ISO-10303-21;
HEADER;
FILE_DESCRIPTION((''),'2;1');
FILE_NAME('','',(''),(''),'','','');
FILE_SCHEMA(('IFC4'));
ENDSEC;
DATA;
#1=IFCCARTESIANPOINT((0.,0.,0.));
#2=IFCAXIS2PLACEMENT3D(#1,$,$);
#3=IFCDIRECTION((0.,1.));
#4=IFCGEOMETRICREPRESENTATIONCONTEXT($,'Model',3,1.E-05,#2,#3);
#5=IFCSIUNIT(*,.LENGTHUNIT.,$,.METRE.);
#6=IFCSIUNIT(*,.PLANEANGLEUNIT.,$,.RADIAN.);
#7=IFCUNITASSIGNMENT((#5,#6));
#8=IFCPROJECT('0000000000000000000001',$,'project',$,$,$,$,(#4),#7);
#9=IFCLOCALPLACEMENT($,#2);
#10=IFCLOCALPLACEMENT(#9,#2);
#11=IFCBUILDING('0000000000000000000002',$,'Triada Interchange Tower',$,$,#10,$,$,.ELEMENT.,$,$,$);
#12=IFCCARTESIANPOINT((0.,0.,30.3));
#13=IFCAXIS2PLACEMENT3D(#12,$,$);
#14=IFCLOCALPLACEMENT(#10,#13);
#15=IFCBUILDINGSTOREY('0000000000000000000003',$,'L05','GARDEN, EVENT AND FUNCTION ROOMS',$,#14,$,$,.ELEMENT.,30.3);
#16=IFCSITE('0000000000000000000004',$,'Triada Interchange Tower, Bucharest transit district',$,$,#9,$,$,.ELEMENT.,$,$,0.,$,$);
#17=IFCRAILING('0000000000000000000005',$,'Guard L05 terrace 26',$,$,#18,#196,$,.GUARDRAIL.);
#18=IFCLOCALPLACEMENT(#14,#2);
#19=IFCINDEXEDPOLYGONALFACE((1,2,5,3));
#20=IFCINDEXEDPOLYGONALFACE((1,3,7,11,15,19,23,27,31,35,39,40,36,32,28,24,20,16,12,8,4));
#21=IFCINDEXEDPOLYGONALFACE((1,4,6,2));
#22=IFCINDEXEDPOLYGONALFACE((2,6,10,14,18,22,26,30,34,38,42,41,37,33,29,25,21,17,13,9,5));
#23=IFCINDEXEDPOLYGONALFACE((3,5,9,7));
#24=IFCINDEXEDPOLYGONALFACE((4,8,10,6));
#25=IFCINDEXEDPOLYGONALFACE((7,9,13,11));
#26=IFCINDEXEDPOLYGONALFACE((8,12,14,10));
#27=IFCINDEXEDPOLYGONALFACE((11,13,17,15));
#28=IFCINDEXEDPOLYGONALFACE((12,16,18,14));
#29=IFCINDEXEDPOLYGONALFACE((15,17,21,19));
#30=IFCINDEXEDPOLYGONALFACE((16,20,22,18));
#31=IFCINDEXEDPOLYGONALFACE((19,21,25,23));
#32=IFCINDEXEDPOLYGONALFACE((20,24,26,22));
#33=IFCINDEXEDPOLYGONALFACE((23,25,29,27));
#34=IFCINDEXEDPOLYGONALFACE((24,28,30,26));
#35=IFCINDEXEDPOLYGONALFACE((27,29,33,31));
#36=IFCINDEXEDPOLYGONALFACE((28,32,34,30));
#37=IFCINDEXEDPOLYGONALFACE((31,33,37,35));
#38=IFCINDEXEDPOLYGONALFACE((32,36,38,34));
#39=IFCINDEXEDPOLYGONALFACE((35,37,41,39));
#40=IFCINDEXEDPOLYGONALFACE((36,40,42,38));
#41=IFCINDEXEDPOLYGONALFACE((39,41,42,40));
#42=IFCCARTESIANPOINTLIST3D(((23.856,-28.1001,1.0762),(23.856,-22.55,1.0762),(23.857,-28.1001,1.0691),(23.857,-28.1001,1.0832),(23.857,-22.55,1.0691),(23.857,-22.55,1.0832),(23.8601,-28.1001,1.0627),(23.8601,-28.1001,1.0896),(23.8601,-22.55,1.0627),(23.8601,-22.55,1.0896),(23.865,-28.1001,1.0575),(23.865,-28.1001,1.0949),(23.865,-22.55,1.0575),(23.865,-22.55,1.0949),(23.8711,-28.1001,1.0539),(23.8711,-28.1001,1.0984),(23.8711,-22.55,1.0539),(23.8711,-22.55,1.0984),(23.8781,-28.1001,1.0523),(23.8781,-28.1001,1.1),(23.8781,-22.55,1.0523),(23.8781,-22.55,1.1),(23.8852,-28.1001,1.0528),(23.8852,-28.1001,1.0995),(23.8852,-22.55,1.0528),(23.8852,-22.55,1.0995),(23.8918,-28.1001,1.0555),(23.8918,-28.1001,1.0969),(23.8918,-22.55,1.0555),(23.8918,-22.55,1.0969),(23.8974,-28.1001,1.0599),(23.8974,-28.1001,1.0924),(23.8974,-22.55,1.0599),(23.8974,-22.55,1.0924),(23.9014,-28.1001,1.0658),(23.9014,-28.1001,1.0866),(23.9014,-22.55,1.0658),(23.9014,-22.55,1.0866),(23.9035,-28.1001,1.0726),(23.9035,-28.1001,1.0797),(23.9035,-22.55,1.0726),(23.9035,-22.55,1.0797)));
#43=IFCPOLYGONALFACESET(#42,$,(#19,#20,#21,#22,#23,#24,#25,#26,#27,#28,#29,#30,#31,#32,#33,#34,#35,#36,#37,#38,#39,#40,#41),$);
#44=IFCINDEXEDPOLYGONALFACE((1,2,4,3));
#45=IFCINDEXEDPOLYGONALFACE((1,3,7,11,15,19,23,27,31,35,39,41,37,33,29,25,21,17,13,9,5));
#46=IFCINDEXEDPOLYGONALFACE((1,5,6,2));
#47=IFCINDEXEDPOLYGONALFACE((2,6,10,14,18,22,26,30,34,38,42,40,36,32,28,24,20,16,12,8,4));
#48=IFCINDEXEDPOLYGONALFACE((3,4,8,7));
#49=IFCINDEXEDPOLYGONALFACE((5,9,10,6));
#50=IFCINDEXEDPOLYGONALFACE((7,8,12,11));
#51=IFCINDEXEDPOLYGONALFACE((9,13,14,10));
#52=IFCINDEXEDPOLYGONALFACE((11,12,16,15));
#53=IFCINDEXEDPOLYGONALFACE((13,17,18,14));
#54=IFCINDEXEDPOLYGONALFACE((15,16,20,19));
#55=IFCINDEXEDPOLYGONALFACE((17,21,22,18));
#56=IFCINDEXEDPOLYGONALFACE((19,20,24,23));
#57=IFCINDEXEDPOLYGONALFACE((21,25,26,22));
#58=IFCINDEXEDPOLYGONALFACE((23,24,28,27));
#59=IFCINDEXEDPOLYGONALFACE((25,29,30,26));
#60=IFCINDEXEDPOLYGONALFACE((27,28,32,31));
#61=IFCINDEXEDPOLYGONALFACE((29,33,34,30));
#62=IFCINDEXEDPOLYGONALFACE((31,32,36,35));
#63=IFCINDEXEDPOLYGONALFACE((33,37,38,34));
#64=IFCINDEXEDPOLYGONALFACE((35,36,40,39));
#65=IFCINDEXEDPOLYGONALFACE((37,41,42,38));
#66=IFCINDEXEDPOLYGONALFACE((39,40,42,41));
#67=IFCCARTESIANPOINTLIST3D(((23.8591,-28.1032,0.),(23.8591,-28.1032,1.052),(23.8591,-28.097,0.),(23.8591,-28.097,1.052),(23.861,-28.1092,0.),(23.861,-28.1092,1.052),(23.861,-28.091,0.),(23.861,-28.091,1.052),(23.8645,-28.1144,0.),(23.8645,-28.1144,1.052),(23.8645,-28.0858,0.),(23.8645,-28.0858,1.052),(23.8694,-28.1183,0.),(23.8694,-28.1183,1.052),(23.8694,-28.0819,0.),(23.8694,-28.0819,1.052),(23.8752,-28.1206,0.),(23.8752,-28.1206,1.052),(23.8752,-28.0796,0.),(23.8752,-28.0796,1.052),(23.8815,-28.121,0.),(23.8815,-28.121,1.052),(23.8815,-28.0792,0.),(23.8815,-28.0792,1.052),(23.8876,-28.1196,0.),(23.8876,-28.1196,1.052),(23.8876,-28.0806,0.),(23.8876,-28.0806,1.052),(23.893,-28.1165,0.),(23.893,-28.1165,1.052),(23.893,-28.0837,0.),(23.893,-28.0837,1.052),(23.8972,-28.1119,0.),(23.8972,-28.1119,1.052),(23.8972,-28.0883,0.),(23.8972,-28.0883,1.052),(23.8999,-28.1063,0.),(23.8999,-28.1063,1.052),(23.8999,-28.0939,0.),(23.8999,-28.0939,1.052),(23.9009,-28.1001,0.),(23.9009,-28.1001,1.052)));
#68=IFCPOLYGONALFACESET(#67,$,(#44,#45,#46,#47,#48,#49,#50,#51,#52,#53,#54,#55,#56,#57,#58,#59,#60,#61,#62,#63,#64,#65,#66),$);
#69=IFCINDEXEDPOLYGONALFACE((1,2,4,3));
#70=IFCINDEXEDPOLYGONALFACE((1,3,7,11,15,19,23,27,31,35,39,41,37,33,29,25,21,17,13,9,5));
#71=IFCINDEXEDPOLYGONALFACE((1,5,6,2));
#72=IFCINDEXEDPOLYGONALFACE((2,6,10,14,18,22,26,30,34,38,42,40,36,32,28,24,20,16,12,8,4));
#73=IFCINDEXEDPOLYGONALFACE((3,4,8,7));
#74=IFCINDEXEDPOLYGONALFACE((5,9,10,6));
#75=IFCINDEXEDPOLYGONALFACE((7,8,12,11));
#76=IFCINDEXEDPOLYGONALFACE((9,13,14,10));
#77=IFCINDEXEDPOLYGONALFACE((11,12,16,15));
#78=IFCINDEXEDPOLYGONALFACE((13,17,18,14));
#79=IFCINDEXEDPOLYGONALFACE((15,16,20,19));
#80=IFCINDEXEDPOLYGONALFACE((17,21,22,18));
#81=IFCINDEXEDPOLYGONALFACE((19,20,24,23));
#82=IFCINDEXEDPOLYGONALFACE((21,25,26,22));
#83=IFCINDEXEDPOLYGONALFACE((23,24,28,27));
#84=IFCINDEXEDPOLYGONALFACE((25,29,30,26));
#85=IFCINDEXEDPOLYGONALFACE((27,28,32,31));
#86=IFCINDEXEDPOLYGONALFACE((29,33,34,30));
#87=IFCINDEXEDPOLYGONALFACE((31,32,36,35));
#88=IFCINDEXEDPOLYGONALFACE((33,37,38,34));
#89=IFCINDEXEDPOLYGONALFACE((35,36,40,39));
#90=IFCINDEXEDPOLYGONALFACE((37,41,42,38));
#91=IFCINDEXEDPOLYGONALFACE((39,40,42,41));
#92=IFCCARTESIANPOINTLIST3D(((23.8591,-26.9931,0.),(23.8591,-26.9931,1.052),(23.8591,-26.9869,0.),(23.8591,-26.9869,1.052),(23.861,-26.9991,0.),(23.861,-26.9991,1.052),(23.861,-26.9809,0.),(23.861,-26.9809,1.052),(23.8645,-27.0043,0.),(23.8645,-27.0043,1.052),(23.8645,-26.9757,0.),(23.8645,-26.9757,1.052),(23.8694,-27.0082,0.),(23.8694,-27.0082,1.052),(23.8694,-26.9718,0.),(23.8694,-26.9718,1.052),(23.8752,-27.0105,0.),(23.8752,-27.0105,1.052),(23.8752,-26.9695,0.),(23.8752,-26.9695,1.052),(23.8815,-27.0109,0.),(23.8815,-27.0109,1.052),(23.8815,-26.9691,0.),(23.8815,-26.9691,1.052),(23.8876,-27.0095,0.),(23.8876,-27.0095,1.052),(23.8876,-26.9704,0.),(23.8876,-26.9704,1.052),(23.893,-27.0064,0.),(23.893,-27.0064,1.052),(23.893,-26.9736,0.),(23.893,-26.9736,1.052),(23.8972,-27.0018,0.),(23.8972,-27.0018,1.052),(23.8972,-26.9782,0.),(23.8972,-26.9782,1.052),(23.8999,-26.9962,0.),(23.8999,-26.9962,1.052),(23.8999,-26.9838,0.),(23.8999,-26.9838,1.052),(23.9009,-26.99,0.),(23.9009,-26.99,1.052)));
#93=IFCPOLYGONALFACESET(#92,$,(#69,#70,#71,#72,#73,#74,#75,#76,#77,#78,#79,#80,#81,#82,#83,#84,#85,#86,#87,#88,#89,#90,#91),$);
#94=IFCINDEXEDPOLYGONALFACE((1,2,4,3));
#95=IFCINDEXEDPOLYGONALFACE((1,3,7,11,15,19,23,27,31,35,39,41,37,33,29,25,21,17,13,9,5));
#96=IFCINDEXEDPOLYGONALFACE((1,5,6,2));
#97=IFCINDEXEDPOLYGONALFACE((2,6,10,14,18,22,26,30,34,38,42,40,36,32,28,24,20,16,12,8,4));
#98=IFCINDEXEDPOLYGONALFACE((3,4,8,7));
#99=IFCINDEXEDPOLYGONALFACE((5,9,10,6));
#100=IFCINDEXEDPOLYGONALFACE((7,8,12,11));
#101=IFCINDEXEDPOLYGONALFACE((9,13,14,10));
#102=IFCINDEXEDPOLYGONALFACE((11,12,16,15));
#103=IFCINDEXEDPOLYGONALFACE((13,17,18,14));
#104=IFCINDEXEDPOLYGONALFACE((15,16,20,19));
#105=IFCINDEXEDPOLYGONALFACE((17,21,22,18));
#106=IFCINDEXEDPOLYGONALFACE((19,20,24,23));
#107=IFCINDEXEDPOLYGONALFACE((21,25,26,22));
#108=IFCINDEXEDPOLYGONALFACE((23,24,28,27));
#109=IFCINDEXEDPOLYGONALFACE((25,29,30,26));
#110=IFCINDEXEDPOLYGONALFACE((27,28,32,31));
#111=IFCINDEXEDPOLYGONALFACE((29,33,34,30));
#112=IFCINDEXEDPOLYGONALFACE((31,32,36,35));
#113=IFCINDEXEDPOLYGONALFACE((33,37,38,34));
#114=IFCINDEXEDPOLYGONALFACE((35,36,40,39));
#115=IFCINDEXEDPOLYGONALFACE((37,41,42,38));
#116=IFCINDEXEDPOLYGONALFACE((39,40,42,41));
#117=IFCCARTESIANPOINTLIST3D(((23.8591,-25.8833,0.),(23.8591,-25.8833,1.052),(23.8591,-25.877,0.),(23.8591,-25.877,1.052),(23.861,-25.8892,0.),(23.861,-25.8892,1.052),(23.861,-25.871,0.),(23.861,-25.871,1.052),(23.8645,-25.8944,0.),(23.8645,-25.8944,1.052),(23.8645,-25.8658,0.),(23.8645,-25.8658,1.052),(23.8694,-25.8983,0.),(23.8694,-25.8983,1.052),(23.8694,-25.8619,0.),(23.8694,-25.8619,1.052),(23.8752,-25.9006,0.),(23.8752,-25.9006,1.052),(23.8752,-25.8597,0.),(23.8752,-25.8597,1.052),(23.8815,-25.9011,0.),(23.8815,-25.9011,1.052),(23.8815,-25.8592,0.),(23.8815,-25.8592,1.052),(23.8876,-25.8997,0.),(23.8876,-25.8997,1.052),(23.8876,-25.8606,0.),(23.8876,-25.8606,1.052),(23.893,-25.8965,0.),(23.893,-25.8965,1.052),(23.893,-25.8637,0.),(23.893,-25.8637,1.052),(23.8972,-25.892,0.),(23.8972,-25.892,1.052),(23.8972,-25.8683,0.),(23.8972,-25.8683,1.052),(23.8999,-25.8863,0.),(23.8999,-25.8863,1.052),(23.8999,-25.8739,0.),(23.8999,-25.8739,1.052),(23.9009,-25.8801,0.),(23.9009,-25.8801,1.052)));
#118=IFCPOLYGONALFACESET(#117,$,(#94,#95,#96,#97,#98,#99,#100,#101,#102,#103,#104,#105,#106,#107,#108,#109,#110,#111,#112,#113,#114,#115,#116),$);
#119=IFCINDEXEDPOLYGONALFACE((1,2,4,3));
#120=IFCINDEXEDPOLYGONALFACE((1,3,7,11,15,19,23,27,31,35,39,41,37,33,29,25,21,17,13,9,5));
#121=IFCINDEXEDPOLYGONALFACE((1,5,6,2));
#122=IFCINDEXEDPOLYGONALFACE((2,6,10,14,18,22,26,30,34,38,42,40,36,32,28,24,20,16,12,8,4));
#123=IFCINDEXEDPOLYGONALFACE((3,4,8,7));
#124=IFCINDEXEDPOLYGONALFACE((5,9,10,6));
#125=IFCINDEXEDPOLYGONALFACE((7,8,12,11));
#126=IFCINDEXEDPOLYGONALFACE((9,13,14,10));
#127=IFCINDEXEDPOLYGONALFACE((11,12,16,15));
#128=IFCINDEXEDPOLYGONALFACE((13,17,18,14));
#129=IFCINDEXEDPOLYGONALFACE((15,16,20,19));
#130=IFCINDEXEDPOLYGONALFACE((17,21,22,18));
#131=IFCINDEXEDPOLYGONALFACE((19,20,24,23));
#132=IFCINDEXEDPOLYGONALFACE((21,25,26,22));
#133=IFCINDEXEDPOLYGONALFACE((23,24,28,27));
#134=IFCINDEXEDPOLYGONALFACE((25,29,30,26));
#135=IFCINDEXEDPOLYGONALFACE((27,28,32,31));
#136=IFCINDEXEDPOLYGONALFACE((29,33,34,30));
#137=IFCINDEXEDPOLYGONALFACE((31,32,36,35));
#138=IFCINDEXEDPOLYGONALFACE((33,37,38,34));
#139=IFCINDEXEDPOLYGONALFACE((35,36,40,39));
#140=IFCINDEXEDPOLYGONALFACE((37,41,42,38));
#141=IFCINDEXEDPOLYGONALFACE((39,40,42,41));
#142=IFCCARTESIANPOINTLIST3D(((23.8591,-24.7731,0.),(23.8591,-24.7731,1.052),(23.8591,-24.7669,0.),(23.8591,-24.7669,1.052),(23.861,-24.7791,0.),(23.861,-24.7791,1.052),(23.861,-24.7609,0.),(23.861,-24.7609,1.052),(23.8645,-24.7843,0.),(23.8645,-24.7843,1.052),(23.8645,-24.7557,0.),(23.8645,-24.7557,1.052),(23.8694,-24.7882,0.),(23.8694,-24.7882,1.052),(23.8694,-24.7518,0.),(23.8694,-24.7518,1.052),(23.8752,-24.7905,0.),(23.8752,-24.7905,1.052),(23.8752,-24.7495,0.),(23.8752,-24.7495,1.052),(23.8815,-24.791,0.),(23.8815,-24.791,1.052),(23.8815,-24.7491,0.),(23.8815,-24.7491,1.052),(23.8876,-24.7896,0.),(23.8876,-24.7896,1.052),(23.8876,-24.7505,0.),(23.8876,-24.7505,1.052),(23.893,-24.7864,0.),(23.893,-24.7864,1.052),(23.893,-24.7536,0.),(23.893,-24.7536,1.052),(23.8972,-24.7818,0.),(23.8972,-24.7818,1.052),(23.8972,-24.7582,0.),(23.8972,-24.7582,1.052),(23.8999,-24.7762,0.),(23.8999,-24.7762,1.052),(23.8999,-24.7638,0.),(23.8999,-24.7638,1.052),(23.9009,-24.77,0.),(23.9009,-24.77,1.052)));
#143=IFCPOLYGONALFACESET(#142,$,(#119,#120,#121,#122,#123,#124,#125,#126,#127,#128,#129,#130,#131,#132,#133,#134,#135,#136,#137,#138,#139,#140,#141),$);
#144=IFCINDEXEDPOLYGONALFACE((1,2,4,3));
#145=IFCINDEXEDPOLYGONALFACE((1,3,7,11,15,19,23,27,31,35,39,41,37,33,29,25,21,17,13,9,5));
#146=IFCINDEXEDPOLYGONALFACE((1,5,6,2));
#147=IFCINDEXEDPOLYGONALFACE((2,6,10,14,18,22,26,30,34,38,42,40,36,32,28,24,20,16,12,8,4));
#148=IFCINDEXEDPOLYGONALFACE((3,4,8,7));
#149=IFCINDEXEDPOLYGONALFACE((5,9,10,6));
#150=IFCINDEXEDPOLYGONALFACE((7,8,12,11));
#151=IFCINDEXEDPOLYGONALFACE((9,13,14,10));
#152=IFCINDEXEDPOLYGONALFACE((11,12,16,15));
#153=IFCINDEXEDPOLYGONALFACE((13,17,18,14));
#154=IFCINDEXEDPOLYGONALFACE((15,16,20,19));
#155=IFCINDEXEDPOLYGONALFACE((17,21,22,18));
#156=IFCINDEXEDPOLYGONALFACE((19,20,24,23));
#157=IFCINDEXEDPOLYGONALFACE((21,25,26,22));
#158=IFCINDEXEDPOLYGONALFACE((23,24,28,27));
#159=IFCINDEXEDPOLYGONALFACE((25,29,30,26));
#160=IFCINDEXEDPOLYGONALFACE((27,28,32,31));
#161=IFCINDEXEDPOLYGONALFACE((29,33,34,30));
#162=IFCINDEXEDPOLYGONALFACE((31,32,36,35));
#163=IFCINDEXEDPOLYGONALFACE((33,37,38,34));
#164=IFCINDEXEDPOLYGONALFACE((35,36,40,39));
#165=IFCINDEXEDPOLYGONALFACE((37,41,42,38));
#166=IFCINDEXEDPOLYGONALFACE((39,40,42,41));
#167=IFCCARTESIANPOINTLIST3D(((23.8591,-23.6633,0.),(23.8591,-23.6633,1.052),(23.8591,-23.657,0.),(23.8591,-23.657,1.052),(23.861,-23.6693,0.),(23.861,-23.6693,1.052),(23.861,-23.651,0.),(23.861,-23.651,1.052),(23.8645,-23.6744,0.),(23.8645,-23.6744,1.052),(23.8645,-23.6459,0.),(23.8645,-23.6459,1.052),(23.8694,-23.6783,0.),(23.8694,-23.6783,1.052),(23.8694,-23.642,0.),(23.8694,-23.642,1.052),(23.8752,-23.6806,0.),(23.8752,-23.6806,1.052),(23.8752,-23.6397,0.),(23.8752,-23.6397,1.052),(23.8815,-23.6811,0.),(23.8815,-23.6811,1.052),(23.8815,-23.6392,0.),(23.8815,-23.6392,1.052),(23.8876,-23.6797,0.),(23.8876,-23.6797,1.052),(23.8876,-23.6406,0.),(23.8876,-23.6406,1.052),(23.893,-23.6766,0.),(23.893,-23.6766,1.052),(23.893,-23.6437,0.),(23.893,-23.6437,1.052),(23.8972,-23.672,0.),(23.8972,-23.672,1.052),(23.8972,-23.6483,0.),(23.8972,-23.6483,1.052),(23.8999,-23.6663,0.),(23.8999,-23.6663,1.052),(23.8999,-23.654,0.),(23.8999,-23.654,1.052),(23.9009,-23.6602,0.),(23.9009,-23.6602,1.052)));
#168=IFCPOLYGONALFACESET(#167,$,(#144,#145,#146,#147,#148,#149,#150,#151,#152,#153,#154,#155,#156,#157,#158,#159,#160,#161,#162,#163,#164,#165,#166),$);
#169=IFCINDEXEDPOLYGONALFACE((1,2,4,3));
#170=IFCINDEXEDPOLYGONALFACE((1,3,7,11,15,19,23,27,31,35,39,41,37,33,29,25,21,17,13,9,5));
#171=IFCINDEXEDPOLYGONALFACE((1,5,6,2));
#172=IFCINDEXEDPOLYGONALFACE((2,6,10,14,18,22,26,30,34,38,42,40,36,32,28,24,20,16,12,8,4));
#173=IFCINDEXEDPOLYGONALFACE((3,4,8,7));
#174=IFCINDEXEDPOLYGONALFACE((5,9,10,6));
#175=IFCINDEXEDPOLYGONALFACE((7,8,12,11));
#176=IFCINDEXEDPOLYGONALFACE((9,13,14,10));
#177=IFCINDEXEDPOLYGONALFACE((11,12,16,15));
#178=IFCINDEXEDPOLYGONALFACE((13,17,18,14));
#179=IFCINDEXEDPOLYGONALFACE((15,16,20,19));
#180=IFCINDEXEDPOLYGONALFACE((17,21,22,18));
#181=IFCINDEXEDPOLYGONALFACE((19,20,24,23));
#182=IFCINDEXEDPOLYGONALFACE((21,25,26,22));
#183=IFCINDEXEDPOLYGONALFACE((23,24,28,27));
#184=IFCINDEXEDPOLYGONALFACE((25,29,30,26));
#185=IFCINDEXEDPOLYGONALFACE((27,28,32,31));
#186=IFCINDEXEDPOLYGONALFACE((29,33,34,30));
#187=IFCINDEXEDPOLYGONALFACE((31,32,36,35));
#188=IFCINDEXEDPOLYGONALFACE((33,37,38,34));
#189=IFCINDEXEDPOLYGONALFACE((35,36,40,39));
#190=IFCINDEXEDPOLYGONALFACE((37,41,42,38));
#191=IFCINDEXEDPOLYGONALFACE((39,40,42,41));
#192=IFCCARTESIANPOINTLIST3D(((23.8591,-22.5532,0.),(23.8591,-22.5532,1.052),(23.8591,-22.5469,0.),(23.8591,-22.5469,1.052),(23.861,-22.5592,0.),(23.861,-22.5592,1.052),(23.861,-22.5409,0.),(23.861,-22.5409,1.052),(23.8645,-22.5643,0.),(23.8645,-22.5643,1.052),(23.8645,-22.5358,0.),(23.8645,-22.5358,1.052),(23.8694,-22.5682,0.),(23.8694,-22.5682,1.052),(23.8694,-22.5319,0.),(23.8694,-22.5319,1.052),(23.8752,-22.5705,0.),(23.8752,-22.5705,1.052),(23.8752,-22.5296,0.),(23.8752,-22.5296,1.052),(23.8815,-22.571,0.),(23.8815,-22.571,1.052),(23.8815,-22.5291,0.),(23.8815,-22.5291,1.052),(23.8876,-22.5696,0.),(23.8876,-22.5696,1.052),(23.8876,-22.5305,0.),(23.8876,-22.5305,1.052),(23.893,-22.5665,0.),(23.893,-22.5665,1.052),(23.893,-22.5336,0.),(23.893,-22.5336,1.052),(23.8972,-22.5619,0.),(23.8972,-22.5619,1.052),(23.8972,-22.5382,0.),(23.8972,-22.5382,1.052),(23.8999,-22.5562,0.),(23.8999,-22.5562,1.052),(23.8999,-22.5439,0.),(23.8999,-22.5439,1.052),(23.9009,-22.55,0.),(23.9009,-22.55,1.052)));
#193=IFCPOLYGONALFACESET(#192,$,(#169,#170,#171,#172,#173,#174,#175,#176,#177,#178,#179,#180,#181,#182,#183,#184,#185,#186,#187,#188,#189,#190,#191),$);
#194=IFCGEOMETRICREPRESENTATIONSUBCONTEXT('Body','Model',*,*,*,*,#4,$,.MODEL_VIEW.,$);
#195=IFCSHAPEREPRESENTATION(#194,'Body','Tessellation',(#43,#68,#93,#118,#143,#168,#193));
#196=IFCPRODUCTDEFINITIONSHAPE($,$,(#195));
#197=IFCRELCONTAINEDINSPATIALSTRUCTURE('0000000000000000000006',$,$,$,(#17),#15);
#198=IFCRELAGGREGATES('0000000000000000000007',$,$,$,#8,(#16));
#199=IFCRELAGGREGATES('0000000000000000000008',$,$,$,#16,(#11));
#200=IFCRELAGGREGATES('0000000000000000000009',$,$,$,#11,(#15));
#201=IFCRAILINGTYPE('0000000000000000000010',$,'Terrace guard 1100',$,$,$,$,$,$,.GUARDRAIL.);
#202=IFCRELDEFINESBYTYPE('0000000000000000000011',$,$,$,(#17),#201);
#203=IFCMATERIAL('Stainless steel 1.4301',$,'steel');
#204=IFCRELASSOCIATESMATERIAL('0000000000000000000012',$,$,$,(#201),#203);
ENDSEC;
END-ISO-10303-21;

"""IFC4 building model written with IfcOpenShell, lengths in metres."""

from ifc_helpers import new_model, si_unit, direction, frame, origin, origin_2d, place, context, subcontext, project, spatial, circle, extrude, material, type_object, element, save


model = new_model("IFC4")

# Units and contexts
model_context = context("Model", 3, precision=1e-05, world=origin(), true_north=direction((0.0, 1.0)))
body_context = subcontext(model_context, "Body", "Model", "MODEL_VIEW")
ifc_project = project(units=[si_unit("LENGTHUNIT", "METRE"), si_unit("PLANEANGLEUNIT", "RADIAN")], contexts=[model_context])

# Site, building, storey
site_placement = place(None, origin())
site = spatial("IfcSite", under=ifc_project, at=site_placement, Name="Triada Interchange Tower, Bucharest transit district", CompositionType="ELEMENT", RefElevation=0.0)
building_placement = place(site_placement, origin())
building = spatial("IfcBuilding", under=site, at=building_placement, Name="Triada Interchange Tower", CompositionType="ELEMENT")
storey_placement = place(building_placement, frame((0.0, 0.0, 30.3)))
storey = spatial("IfcBuildingStorey", under=building, at=storey_placement, Name="L05", Description="GARDEN, EVENT AND FUNCTION ROOMS", CompositionType="ELEMENT", Elevation=30.3)

# Railing
ifc_material_1 = material(Name="Stainless steel 1.4301", Category="steel")
railing_type = type_object("IfcRailingType", Name="Terrace guard 1100", PredefinedType="GUARDRAIL", material=ifc_material_1)
railing_placement = place(storey_placement, frame((23.8799, -28.1001, 0.0)))
element("IfcRailing", 1, at=railing_placement, inside=storey, type_object=railing_type, Name="Guard L05 terrace 26", PredefinedType="GUARDRAIL", context=body_context, shape_type="SweptSolid", body=[
    extrude(circle(Radius=0.0239, at=origin_2d()), frame((0.0, 0.0, 1.0762), z_axis=(0.0, 1.0, 0.0), x_axis=(-1.0, 0.0, 0.0)), (0.0, 0.0, 1.0), 5.55),
    extrude(circle(Radius=0.021, at=origin_2d()), origin(), (0.0, 0.0, 1.0), 1.052),
    extrude(circle(Radius=0.021, at=origin_2d()), frame((0.0, 1.1101, 0.0)), (0.0, 0.0, 1.0), 1.052),
    extrude(circle(Radius=0.021, at=origin_2d()), frame((0.0, 2.22, 0.0)), (0.0, 0.0, 1.0), 1.052),
    extrude(circle(Radius=0.021, at=origin_2d()), frame((0.0, 3.3301, 0.0)), (0.0, 0.0, 1.0), 1.052),
    extrude(circle(Radius=0.021, at=origin_2d()), frame((0.0, 4.4399, 0.0)), (0.0, 0.0, 1.0), 1.052),
    extrude(circle(Radius=0.021, at=origin_2d()), frame((0.0, 5.55, 0.0)), (0.0, 0.0, 1.0), 1.052),
])

save(model, "model.ifc")
